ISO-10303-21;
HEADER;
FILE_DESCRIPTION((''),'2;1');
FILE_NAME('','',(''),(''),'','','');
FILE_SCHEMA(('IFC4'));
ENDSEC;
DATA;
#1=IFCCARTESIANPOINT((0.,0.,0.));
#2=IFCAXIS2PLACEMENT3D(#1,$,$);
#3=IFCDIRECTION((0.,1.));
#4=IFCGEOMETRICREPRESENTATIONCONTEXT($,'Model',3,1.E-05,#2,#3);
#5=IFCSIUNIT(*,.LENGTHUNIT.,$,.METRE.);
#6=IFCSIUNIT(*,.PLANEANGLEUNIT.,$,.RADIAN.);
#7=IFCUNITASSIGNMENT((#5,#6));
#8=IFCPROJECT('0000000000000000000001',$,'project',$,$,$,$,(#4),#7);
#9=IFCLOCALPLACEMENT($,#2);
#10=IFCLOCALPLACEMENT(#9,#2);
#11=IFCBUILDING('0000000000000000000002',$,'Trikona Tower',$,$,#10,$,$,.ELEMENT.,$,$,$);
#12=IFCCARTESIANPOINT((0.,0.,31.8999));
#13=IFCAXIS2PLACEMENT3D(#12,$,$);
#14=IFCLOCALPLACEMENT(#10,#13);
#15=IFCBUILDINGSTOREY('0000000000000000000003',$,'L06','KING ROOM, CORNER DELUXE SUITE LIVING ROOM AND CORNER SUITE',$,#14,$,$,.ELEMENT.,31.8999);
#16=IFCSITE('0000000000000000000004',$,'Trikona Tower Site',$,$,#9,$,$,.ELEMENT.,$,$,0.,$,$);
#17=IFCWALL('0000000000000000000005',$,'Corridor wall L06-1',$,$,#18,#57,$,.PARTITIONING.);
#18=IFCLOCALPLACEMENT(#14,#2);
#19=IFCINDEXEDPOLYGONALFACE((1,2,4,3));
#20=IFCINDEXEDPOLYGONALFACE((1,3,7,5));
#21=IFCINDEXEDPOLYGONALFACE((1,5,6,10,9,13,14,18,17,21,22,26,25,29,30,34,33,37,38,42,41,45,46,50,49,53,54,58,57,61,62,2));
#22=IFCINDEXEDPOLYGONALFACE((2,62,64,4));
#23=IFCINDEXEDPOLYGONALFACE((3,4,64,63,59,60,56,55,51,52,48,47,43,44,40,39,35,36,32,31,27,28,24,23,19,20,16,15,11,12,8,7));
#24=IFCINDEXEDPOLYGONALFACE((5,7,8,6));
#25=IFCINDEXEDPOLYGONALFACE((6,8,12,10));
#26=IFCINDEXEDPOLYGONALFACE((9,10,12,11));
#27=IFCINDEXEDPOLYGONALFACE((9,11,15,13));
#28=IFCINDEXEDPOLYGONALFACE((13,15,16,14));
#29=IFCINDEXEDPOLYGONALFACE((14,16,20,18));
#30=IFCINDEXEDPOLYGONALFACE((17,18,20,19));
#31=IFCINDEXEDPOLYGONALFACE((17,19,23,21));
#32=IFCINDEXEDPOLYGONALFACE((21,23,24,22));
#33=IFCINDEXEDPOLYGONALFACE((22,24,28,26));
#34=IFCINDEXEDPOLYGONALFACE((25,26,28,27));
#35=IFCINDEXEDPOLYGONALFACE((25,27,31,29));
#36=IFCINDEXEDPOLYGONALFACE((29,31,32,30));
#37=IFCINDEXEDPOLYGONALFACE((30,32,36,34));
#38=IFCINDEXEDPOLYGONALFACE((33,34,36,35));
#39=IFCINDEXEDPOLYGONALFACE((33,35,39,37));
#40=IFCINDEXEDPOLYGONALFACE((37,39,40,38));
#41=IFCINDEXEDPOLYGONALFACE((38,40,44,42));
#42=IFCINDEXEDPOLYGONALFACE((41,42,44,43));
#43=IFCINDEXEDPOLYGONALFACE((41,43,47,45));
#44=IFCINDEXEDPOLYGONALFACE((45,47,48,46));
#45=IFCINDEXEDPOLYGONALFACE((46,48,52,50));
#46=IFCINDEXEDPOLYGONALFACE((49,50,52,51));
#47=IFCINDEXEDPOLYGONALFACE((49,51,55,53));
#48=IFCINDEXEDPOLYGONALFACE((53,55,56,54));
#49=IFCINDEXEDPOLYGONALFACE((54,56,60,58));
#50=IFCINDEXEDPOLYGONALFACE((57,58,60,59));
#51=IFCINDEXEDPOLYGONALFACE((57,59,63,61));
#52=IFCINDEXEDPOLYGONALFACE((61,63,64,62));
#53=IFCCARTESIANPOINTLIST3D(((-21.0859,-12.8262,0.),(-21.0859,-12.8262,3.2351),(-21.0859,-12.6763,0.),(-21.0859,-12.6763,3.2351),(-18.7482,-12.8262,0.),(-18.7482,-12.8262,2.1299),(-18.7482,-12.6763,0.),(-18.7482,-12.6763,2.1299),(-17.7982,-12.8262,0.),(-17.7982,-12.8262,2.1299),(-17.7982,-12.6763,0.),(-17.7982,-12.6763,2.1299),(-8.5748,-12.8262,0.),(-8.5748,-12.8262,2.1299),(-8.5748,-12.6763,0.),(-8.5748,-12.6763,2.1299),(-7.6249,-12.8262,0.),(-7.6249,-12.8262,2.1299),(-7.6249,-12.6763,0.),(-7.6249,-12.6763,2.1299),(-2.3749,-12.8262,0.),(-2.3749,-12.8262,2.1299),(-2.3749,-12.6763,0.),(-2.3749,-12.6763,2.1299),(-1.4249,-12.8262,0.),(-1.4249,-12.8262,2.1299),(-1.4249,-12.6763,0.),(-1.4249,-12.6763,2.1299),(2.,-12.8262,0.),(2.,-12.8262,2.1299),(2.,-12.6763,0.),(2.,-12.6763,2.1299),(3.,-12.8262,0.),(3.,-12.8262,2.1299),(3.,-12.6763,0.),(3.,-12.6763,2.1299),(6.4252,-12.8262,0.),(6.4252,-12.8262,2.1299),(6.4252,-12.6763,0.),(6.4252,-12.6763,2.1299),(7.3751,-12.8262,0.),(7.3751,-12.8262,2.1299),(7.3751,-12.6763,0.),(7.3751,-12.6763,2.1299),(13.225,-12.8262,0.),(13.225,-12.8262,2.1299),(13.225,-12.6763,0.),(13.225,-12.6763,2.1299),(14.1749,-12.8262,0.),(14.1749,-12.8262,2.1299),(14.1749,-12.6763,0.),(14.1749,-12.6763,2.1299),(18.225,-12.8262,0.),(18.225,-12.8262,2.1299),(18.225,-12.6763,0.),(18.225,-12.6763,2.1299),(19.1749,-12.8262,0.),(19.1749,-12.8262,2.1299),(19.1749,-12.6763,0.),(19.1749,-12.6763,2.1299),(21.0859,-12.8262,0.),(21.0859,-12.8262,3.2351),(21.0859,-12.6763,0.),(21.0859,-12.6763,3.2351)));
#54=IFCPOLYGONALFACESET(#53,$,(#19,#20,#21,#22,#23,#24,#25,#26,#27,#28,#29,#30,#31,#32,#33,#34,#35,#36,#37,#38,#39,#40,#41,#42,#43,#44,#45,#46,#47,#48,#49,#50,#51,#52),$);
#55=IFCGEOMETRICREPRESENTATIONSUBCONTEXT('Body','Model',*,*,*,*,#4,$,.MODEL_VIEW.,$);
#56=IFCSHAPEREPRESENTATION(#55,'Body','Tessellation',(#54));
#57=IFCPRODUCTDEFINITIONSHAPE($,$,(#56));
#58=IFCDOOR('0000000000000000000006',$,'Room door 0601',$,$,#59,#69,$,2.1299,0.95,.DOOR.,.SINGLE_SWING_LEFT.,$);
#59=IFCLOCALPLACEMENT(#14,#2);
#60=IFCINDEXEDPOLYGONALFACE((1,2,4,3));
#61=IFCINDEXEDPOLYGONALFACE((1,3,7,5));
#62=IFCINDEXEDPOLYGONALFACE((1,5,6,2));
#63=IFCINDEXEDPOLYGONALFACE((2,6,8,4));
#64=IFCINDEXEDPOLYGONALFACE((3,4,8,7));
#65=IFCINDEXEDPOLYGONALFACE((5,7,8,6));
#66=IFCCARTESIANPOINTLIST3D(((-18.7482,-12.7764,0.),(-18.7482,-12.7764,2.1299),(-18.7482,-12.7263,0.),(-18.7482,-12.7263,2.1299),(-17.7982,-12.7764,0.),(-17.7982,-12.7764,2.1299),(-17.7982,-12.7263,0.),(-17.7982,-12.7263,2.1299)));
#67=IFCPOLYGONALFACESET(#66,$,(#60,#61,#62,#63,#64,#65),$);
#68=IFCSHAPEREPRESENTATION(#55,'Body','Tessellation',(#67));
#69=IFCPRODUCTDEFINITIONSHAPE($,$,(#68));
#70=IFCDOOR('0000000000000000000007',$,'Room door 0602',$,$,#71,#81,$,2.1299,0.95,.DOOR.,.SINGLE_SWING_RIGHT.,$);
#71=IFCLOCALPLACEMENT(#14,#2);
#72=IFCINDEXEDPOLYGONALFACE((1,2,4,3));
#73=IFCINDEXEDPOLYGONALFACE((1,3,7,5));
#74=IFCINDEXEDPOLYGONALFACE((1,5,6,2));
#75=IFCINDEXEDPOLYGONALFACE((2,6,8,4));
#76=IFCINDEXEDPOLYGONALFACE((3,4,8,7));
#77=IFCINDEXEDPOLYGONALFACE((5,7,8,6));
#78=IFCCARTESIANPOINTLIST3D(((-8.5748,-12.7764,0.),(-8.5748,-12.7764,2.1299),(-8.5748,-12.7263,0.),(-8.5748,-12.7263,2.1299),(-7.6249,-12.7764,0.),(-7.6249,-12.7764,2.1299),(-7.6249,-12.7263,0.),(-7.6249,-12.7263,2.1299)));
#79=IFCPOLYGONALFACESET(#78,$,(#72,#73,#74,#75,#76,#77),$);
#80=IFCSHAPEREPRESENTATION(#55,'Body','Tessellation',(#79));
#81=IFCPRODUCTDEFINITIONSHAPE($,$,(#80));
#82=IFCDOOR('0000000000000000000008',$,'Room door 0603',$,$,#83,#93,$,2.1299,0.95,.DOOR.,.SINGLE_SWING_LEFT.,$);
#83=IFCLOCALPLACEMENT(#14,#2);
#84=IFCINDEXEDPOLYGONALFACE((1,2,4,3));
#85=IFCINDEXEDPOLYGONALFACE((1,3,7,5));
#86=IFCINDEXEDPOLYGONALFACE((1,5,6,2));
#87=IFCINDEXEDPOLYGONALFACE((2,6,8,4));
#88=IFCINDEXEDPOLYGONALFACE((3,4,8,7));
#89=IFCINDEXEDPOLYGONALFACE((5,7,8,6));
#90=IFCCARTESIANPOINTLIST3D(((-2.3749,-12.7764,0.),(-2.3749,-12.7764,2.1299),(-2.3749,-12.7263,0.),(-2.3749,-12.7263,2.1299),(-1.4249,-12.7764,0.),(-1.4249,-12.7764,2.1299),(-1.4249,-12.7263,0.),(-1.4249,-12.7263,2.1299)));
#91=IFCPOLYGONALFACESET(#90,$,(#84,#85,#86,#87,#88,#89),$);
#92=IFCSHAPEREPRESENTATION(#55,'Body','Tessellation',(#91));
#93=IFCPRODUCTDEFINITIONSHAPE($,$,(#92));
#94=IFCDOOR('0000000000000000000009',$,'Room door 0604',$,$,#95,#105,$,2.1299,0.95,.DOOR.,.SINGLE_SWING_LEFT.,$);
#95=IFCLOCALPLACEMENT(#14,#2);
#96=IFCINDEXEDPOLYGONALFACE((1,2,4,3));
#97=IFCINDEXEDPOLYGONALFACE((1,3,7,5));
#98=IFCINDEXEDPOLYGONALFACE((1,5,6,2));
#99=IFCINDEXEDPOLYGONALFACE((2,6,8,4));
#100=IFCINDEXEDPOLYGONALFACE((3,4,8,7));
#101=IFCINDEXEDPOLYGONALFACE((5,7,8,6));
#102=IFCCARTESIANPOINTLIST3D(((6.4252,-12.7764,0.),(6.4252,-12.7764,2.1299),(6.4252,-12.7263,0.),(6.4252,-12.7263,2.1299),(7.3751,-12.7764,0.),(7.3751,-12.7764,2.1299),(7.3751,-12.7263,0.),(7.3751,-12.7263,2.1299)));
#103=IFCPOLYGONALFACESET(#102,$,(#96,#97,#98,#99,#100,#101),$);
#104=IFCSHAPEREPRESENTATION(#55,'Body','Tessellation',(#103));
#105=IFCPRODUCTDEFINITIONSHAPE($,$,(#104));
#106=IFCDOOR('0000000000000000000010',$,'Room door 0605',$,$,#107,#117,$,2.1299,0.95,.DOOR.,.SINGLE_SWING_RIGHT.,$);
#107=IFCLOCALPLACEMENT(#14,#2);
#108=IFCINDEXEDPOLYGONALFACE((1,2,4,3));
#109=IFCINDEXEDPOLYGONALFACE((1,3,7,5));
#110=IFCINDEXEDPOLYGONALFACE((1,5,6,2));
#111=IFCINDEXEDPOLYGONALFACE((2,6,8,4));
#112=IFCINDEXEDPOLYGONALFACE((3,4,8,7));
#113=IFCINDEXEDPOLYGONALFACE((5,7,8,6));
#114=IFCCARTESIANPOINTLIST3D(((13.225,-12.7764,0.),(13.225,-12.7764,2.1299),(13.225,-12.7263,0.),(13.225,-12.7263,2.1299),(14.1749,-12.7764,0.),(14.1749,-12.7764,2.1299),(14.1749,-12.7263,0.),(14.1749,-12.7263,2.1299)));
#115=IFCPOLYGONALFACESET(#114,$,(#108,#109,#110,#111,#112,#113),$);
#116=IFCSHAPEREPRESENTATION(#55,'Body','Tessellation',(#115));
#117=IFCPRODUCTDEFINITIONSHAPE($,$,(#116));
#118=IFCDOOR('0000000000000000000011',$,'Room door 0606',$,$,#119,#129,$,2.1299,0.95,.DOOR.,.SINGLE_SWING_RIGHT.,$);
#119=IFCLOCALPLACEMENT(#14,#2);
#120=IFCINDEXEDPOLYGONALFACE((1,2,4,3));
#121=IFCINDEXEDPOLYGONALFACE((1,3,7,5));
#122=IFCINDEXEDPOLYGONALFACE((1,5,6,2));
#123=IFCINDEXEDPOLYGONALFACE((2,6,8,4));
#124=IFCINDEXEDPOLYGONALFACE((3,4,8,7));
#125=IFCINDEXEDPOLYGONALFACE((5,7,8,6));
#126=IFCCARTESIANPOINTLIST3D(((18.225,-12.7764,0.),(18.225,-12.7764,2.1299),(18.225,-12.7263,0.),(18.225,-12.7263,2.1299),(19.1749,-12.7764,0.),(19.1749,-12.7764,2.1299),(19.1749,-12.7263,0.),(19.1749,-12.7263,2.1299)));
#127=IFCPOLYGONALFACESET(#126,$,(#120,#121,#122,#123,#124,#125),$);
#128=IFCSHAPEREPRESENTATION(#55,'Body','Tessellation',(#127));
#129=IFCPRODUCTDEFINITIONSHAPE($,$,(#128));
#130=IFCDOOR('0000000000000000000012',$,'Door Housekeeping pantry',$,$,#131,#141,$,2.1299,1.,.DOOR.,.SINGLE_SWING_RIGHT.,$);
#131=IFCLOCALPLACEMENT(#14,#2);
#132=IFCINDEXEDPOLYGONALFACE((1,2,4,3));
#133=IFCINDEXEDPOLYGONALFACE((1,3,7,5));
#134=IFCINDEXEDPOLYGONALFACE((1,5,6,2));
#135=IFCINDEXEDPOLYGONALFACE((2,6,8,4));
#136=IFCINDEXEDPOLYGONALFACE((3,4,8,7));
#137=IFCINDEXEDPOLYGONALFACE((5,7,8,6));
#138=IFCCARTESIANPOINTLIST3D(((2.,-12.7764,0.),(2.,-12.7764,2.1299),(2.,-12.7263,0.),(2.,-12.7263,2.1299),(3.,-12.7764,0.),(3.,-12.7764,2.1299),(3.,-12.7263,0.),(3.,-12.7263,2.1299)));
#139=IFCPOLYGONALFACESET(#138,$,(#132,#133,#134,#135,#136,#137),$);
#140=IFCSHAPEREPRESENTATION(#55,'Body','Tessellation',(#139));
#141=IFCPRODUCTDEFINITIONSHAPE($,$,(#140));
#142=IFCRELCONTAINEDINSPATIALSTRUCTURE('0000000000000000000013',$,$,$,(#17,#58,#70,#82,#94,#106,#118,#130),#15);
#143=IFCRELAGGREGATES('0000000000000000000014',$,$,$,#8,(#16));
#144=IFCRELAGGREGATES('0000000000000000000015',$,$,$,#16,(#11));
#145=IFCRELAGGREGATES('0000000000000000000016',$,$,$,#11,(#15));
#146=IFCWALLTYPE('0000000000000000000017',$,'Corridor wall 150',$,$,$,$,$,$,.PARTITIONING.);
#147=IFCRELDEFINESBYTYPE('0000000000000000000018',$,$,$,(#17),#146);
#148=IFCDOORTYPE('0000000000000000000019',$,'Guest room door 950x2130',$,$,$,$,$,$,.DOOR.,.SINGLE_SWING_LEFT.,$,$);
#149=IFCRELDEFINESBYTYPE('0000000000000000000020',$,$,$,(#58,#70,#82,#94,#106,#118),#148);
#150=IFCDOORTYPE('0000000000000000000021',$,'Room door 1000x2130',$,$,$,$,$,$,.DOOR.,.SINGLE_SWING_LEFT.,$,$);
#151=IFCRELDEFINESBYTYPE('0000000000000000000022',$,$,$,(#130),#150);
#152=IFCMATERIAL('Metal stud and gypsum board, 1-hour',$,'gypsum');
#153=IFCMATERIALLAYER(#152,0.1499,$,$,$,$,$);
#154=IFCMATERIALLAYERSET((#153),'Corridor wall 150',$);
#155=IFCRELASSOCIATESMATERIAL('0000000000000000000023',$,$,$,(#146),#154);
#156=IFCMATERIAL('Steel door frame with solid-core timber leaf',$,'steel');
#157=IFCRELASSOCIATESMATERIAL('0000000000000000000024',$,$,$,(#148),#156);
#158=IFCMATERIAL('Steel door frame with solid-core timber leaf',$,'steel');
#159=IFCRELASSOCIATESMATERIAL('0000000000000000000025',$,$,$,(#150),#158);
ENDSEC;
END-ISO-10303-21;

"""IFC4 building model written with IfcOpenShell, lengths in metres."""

from ifc_helpers import new_model, si_unit, direction, frame, frame_2d, origin, place, context, subcontext, project, spatial, rectangle, extrude, material, layer, layer_set, type_object, element, fill, save


model = new_model("IFC4")

# Units and contexts
model_context = context("Model", 3, precision=1e-05, world=origin(), true_north=direction((0.0, 1.0)))
body_context = subcontext(model_context, "Body", "Model", "MODEL_VIEW")
ifc_project = project(units=[si_unit("LENGTHUNIT", "METRE"), si_unit("PLANEANGLEUNIT", "RADIAN")], contexts=[model_context])

# Site, building, storey
site_placement = place(None, origin())
site = spatial("IfcSite", under=ifc_project, at=site_placement, Name="Trikona Tower Site", CompositionType="ELEMENT", RefElevation=0.0)
building_placement = place(site_placement, origin())
building = spatial("IfcBuilding", under=site, at=building_placement, Name="Trikona Tower", CompositionType="ELEMENT")
storey_placement = place(building_placement, frame((0.0, 0.0, 31.8999)))
storey = spatial("IfcBuildingStorey", under=building, at=storey_placement, Name="L06", Description="KING ROOM, CORNER DELUXE SUITE LIVING ROOM AND CORNER SUITE", CompositionType="ELEMENT", Elevation=31.8999)

# Wall, openings, doors
ifc_material_1 = material(Name="Metal stud and gypsum board, 1-hour", Category="gypsum")
ifc_layer_1 = layer(ifc_material_1, 0.1499)
ifc_layer_set_1 = layer_set([ifc_layer_1], Name="Corridor wall 150")
wall_type_1 = type_object("IfcWallType", Name="Corridor wall 150", PredefinedType="PARTITIONING", material=ifc_layer_set_1)
wall_1_placement = place(storey_placement, frame((-21.0859, -12.7512, 0.0), z_axis=(0.0, 0.0, 1.0), x_axis=(1.0, 0.0, 0.0)))
wall_1 = element("IfcWall", 1, at=wall_1_placement, inside=storey, type_object=wall_type_1, Name="Corridor wall L06-1", PredefinedType="PARTITIONING", context=body_context, shape_type="SweptSolid", body=[
    extrude(rectangle(XDim=42.1719, YDim=0.1499, at=frame_2d((21.0859, 0.0))), origin(), (0.0, 0.0, 1.0), 3.2351),
])
opening_1_placement = place(wall_1_placement, frame((2.3376, 0.0, 0.0)))
opening_1 = element("IfcOpeningElement", 2, at=opening_1_placement, cuts=wall_1, PredefinedType="OPENING", context=body_context, shape_type="SweptSolid", body=[
    extrude(rectangle(XDim=0.95, YDim=2.1299, at=frame_2d((0.4751, 1.0649))), frame((0.0, 0.085, 0.0), z_axis=(0.0, -1.0, 0.0), x_axis=(1.0, 0.0, 0.0)), (0.0, 0.0, 1.0), 0.1699),
])
opening_2_placement = place(wall_1_placement, frame((12.511, 0.0, 0.0)))
opening_2 = element("IfcOpeningElement", 3, at=opening_2_placement, cuts=wall_1, PredefinedType="OPENING", context=body_context, shape_type="SweptSolid", body=[
    extrude(rectangle(XDim=0.95, YDim=2.1299, at=frame_2d((0.4751, 1.0649))), frame((0.0, 0.085, 0.0), z_axis=(0.0, -1.0, 0.0), x_axis=(1.0, 0.0, 0.0)), (0.0, 0.0, 1.0), 0.1699),
])
opening_3_placement = place(wall_1_placement, frame((18.7109, 0.0, 0.0)))
opening_3 = element("IfcOpeningElement", 4, at=opening_3_placement, cuts=wall_1, PredefinedType="OPENING", context=body_context, shape_type="SweptSolid", body=[
    extrude(rectangle(XDim=0.95, YDim=2.1299, at=frame_2d((0.4751, 1.0649))), frame((0.0, 0.085, 0.0), z_axis=(0.0, -1.0, 0.0), x_axis=(1.0, 0.0, 0.0)), (0.0, 0.0, 1.0), 0.1699),
])
opening_4_placement = place(wall_1_placement, frame((23.0859, 0.0, 0.0)))
opening_4 = element("IfcOpeningElement", 5, at=opening_4_placement, cuts=wall_1, PredefinedType="OPENING", context=body_context, shape_type="SweptSolid", body=[
    extrude(rectangle(XDim=1.0, YDim=2.1299, at=frame_2d((0.5, 1.0649))), frame((0.0, 0.085, 0.0), z_axis=(0.0, -1.0, 0.0), x_axis=(1.0, 0.0, 0.0)), (0.0, 0.0, 1.0), 0.1699),
])
opening_5_placement = place(wall_1_placement, frame((27.511, 0.0, 0.0)))
opening_5 = element("IfcOpeningElement", 6, at=opening_5_placement, cuts=wall_1, PredefinedType="OPENING", context=body_context, shape_type="SweptSolid", body=[
    extrude(rectangle(XDim=0.95, YDim=2.1299, at=frame_2d((0.4751, 1.0649))), frame((0.0, 0.085, 0.0), z_axis=(0.0, -1.0, 0.0), x_axis=(1.0, 0.0, 0.0)), (0.0, 0.0, 1.0), 0.1699),
])
opening_6_placement = place(wall_1_placement, frame((34.3108, 0.0, 0.0)))
opening_6 = element("IfcOpeningElement", 7, at=opening_6_placement, cuts=wall_1, PredefinedType="OPENING", context=body_context, shape_type="SweptSolid", body=[
    extrude(rectangle(XDim=0.95, YDim=2.1299, at=frame_2d((0.4751, 1.0649))), frame((0.0, 0.085, 0.0), z_axis=(0.0, -1.0, 0.0), x_axis=(1.0, 0.0, 0.0)), (0.0, 0.0, 1.0), 0.1699),
])
opening_7_placement = place(wall_1_placement, frame((39.3108, 0.0, 0.0)))
opening_7 = element("IfcOpeningElement", 8, at=opening_7_placement, cuts=wall_1, PredefinedType="OPENING", context=body_context, shape_type="SweptSolid", body=[
    extrude(rectangle(XDim=0.95, YDim=2.1299, at=frame_2d((0.4751, 1.0649))), frame((0.0, 0.085, 0.0), z_axis=(0.0, -1.0, 0.0), x_axis=(1.0, 0.0, 0.0)), (0.0, 0.0, 1.0), 0.1699),
])
ifc_material_2 = material(Name="Steel door frame with solid-core timber leaf", Category="steel")
door_type_1 = type_object("IfcDoorType", Name="Guest room door 950x2130", OperationType="SINGLE_SWING_LEFT", PredefinedType="DOOR", material=ifc_material_2)
door_1_placement = place(opening_1_placement, origin())
door_1 = element("IfcDoor", 9, at=door_1_placement, inside=storey, type_object=door_type_1, Name="Room door 0601", OperationType="SINGLE_SWING_LEFT", OverallHeight=2.1299, OverallWidth=0.95, PredefinedType="DOOR", context=body_context, shape_type="SweptSolid", body=[
    extrude(rectangle(XDim=0.95, YDim=2.1299, at=frame_2d((0.4751, 1.0649))), frame((0.0, 0.0249, 0.0), z_axis=(0.0, -1.0, 0.0), x_axis=(1.0, 0.0, 0.0)), (0.0, 0.0, 1.0), 0.05),
])
fill(opening_1, door_1)
door_2_placement = place(opening_2_placement, origin())
door_2 = element("IfcDoor", 10, at=door_2_placement, inside=storey, type_object=door_type_1, Name="Room door 0602", OperationType="SINGLE_SWING_RIGHT", OverallHeight=2.1299, OverallWidth=0.95, PredefinedType="DOOR", context=body_context, shape_type="SweptSolid", body=[
    extrude(rectangle(XDim=0.95, YDim=2.1299, at=frame_2d((0.4751, 1.0649))), frame((0.0, 0.0249, 0.0), z_axis=(0.0, -1.0, 0.0), x_axis=(1.0, 0.0, 0.0)), (0.0, 0.0, 1.0), 0.05),
])
fill(opening_2, door_2)
door_3_placement = place(opening_3_placement, origin())
door_3 = element("IfcDoor", 11, at=door_3_placement, inside=storey, type_object=door_type_1, Name="Room door 0603", OperationType="SINGLE_SWING_LEFT", OverallHeight=2.1299, OverallWidth=0.95, PredefinedType="DOOR", context=body_context, shape_type="SweptSolid", body=[
    extrude(rectangle(XDim=0.95, YDim=2.1299, at=frame_2d((0.4751, 1.0649))), frame((0.0, 0.0249, 0.0), z_axis=(0.0, -1.0, 0.0), x_axis=(1.0, 0.0, 0.0)), (0.0, 0.0, 1.0), 0.05),
])
fill(opening_3, door_3)
door_4_placement = place(opening_5_placement, origin())
door_4 = element("IfcDoor", 12, at=door_4_placement, inside=storey, type_object=door_type_1, Name="Room door 0604", OperationType="SINGLE_SWING_LEFT", OverallHeight=2.1299, OverallWidth=0.95, PredefinedType="DOOR", context=body_context, shape_type="SweptSolid", body=[
    extrude(rectangle(XDim=0.95, YDim=2.1299, at=frame_2d((0.4751, 1.0649))), frame((0.0, 0.0249, 0.0), z_axis=(0.0, -1.0, 0.0), x_axis=(1.0, 0.0, 0.0)), (0.0, 0.0, 1.0), 0.05),
])
fill(opening_5, door_4)
door_5_placement = place(opening_6_placement, origin())
door_5 = element("IfcDoor", 13, at=door_5_placement, inside=storey, type_object=door_type_1, Name="Room door 0605", OperationType="SINGLE_SWING_RIGHT", OverallHeight=2.1299, OverallWidth=0.95, PredefinedType="DOOR", context=body_context, shape_type="SweptSolid", body=[
    extrude(rectangle(XDim=0.95, YDim=2.1299, at=frame_2d((0.4751, 1.0649))), frame((0.0, 0.0249, 0.0), z_axis=(0.0, -1.0, 0.0), x_axis=(1.0, 0.0, 0.0)), (0.0, 0.0, 1.0), 0.05),
])
fill(opening_6, door_5)
door_6_placement = place(opening_7_placement, origin())
door_6 = element("IfcDoor", 14, at=door_6_placement, inside=storey, type_object=door_type_1, Name="Room door 0606", OperationType="SINGLE_SWING_RIGHT", OverallHeight=2.1299, OverallWidth=0.95, PredefinedType="DOOR", context=body_context, shape_type="SweptSolid", body=[
    extrude(rectangle(XDim=0.95, YDim=2.1299, at=frame_2d((0.4751, 1.0649))), frame((0.0, 0.0249, 0.0), z_axis=(0.0, -1.0, 0.0), x_axis=(1.0, 0.0, 0.0)), (0.0, 0.0, 1.0), 0.05),
])
fill(opening_7, door_6)
ifc_material_3 = material(Name="Steel door frame with solid-core timber leaf", Category="steel")
door_type_2 = type_object("IfcDoorType", Name="Room door 1000x2130", OperationType="SINGLE_SWING_LEFT", PredefinedType="DOOR", material=ifc_material_3)
door_7_placement = place(opening_4_placement, origin())
door_7 = element("IfcDoor", 15, at=door_7_placement, inside=storey, type_object=door_type_2, Name="Door Housekeeping pantry", OperationType="SINGLE_SWING_RIGHT", OverallHeight=2.1299, OverallWidth=1.0, PredefinedType="DOOR", context=body_context, shape_type="SweptSolid", body=[
    extrude(rectangle(XDim=1.0, YDim=2.1299, at=frame_2d((0.5, 1.0649))), frame((0.0, 0.0249, 0.0), z_axis=(0.0, -1.0, 0.0), x_axis=(1.0, 0.0, 0.0)), (0.0, 0.0, 1.0), 0.05),
])
fill(opening_4, door_7)

save(model, "model.ifc")
